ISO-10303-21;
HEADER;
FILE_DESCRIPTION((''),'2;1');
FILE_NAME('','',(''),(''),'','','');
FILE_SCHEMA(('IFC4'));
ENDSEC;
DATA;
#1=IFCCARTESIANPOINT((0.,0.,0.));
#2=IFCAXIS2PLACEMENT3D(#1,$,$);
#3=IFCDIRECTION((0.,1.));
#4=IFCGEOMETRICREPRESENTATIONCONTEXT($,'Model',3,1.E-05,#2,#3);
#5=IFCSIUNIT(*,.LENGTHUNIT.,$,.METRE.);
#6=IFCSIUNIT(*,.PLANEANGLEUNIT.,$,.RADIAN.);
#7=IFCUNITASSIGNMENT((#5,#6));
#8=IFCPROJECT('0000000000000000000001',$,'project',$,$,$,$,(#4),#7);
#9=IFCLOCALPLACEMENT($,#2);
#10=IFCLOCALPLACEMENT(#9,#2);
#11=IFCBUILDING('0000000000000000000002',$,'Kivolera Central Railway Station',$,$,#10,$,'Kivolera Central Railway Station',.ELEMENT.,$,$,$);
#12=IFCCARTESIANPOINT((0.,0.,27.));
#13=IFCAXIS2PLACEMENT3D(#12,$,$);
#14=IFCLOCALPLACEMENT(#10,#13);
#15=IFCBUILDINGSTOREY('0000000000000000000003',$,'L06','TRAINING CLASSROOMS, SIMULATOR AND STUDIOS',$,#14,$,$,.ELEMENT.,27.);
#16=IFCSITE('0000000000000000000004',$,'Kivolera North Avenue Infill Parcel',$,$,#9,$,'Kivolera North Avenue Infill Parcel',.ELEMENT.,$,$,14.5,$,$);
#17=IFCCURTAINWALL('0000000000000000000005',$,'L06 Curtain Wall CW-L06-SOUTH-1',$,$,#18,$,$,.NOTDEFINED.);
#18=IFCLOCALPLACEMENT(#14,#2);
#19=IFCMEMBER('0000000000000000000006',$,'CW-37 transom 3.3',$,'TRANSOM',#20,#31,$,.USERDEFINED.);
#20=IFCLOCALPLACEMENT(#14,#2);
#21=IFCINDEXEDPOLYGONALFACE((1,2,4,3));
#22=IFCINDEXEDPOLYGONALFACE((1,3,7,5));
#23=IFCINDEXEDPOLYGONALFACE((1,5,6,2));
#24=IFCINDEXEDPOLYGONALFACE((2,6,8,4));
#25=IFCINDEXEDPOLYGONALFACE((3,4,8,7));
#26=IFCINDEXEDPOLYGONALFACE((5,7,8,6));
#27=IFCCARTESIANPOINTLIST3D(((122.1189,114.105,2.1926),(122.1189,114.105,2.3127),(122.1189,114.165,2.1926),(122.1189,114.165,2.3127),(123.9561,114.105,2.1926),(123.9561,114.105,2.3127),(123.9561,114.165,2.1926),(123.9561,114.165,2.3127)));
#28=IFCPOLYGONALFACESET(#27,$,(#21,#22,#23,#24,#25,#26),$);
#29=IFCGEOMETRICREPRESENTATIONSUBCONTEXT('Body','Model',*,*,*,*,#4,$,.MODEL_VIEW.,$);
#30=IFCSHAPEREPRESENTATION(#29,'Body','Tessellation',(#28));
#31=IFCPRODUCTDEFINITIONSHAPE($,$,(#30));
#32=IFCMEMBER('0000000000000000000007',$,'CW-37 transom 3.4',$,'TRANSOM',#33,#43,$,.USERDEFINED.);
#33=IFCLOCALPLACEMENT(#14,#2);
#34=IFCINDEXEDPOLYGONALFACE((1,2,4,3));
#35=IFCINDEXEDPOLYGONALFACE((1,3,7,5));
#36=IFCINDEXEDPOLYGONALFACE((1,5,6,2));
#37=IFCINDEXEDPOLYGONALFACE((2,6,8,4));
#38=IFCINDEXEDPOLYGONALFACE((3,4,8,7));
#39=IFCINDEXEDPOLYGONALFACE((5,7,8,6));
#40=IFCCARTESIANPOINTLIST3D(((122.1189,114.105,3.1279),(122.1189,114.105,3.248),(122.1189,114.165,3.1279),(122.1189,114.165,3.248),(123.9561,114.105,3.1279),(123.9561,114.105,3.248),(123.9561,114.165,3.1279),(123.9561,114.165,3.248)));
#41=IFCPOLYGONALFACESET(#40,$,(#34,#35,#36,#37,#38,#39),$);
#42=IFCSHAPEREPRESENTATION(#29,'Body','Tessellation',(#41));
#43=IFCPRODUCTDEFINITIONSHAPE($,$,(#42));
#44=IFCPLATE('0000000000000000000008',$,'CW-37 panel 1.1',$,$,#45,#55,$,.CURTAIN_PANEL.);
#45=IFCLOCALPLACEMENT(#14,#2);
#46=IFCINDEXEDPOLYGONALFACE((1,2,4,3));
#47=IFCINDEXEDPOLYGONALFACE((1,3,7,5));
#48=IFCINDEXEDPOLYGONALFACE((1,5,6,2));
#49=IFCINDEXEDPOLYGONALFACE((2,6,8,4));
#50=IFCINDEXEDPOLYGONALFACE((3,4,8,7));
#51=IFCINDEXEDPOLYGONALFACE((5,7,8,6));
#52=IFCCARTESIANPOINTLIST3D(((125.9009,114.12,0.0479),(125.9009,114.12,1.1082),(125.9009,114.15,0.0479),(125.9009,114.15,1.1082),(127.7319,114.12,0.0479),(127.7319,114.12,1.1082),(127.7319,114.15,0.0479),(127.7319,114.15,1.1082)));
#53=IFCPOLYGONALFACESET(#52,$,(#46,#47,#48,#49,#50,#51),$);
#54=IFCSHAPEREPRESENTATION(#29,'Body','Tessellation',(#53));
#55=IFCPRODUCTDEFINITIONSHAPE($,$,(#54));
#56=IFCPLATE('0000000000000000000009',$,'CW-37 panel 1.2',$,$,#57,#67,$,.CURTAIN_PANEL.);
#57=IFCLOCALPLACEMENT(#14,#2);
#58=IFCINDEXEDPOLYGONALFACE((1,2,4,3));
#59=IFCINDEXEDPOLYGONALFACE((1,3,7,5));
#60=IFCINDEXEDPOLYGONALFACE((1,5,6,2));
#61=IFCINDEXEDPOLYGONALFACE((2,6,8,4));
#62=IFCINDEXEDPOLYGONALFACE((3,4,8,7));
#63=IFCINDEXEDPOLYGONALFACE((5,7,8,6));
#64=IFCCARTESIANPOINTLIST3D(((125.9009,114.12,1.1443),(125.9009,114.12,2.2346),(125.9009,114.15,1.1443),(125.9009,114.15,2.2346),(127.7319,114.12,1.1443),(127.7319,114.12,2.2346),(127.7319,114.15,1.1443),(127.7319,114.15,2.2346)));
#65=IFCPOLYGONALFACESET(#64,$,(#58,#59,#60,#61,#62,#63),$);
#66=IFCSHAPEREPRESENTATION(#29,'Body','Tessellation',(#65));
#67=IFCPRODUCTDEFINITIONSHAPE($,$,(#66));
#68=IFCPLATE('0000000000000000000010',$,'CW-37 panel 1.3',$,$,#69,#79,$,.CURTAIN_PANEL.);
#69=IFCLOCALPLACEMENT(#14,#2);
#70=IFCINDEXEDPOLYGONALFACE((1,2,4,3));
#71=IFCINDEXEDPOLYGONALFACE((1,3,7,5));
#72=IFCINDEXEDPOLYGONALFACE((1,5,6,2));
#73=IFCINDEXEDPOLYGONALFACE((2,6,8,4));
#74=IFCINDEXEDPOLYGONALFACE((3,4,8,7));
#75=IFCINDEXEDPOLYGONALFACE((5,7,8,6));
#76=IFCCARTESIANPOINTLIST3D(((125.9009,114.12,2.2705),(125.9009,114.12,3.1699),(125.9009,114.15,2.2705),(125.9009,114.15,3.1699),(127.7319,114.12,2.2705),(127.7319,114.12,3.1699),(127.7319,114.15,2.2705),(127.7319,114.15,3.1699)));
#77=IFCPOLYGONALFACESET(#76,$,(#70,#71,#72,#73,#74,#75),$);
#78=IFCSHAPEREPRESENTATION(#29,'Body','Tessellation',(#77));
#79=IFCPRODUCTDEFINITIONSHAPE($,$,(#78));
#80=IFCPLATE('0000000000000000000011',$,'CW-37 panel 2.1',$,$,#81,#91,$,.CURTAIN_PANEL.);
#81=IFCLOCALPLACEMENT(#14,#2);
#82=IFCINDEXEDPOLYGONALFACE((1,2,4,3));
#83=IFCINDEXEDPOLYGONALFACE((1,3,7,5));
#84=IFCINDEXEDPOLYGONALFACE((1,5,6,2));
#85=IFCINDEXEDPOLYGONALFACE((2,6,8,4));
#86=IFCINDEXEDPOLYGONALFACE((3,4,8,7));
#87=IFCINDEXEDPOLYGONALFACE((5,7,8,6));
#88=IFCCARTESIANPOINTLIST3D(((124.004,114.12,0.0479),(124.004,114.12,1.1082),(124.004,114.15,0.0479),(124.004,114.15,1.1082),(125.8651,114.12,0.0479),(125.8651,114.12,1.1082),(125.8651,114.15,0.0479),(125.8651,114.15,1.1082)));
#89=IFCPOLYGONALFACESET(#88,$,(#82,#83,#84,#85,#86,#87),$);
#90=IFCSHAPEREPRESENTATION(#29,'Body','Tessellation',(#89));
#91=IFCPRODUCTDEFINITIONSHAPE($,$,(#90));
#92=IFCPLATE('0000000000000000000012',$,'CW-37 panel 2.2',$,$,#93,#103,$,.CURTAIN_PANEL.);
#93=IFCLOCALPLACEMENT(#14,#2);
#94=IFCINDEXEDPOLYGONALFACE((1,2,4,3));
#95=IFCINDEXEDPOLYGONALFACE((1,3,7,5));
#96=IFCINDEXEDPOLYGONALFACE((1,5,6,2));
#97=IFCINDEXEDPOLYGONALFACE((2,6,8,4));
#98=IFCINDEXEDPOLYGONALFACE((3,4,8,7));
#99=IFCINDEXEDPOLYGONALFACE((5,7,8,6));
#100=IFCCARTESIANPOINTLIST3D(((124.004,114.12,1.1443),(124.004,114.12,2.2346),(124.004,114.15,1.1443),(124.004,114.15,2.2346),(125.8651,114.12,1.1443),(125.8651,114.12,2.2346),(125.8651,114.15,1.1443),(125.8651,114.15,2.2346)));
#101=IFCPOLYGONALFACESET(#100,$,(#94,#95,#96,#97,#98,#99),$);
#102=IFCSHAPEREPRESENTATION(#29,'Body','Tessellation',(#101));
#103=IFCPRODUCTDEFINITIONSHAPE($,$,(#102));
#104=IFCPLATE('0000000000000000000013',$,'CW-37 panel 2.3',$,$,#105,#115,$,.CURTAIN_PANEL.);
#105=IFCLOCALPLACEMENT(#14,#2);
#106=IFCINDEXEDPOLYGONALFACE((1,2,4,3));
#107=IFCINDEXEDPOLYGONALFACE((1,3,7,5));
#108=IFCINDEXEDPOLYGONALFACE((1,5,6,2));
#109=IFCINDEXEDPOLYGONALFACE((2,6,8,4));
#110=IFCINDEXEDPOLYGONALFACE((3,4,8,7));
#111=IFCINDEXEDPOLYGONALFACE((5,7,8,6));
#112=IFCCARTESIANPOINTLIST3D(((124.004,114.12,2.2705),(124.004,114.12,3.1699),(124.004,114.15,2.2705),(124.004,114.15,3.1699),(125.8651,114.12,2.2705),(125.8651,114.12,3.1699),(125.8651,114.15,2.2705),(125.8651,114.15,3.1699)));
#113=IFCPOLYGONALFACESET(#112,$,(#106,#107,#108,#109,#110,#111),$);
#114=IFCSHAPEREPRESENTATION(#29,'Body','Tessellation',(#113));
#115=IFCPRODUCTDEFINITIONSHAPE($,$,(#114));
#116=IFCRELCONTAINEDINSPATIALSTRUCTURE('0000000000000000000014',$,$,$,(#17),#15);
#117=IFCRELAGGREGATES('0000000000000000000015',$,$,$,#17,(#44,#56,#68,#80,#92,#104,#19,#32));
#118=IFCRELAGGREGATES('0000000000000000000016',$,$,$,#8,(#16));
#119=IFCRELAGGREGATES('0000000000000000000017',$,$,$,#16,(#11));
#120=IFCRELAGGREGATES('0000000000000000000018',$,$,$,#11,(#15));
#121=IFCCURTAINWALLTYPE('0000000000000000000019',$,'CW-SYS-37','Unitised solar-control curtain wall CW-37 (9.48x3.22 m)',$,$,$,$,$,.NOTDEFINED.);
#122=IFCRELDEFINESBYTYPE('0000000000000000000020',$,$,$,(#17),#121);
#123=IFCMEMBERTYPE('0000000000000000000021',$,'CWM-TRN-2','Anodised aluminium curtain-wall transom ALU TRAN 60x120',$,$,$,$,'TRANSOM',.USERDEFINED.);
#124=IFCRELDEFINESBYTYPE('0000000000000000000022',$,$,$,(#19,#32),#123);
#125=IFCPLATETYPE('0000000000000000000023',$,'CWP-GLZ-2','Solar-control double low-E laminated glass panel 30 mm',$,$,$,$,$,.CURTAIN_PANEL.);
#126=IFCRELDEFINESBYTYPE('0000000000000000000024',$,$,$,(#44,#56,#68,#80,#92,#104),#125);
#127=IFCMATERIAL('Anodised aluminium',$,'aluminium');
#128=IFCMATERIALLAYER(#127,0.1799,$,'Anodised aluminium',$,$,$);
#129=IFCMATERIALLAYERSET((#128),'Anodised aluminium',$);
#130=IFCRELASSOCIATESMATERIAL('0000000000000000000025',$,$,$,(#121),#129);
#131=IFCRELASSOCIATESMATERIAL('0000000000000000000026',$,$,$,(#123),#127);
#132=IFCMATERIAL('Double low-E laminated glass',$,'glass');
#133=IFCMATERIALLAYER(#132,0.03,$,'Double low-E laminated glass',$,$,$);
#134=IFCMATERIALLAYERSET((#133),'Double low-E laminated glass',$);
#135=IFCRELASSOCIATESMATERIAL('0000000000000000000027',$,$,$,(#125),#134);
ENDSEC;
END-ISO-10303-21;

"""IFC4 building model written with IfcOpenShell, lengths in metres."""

from ifc_helpers import new_model, si_unit, direction, frame, origin, origin_2d, place, context, subcontext, project, spatial, rectangle, extrude, material, layer, layer_set, material_profile, profile_set, type_object, element, aggregate, save


model = new_model("IFC4")

# Units and contexts
model_context = context("Model", 3, precision=1e-05, world=origin(), true_north=direction((0.0, 1.0)))
body_context = subcontext(model_context, "Body", "Model", "MODEL_VIEW")
ifc_project = project(units=[si_unit("LENGTHUNIT", "METRE"), si_unit("PLANEANGLEUNIT", "RADIAN")], contexts=[model_context])

# Site, building, storey
site_placement = place(None, origin())
site = spatial("IfcSite", under=ifc_project, at=site_placement, Name="Kivolera North Avenue Infill Parcel", LongName="Kivolera North Avenue Infill Parcel", CompositionType="ELEMENT", RefElevation=14.5)
building_placement = place(site_placement, origin())
building = spatial("IfcBuilding", under=site, at=building_placement, Name="Kivolera Central Railway Station", LongName="Kivolera Central Railway Station", CompositionType="ELEMENT")
storey_placement = place(building_placement, frame((0.0, 0.0, 27.0)))
storey = spatial("IfcBuildingStorey", under=building, at=storey_placement, Name="L06", Description="TRAINING CLASSROOMS, SIMULATOR AND STUDIOS", CompositionType="ELEMENT", Elevation=27.0)

# Curtain wall, members, plates
ifc_material_1 = material(Name="Anodised aluminium", Category="aluminium")
ifc_layer_1 = layer(ifc_material_1, 0.1799, Name="Anodised aluminium")
ifc_layer_set_1 = layer_set([ifc_layer_1], Name="Anodised aluminium")
curtain_wall_type = type_object("IfcCurtainWallType", Name="CW-SYS-37", Description="Unitised solar-control curtain wall CW-37 (9.48x3.22 m)", PredefinedType="NOTDEFINED", material=ifc_layer_set_1)
curtain_wall_placement = place(storey_placement, origin())
curtain_wall = element("IfcCurtainWall", 1, at=curtain_wall_placement, inside=storey, type_object=curtain_wall_type, Name="L06 Curtain Wall CW-L06-SOUTH-1", PredefinedType="NOTDEFINED")
ifc_material_profile_1 = material_profile(ifc_material_1, rectangle(XDim=0.0601, YDim=0.1201, at=origin_2d()), Name="ALU TRAN 60x120")
ifc_profile_set_1 = profile_set([ifc_material_profile_1], Name="Anodised aluminium")
member_type_1 = type_object("IfcMemberType", Name="CWM-TRN-2", Description="Anodised aluminium curtain-wall transom ALU TRAN 60x120", ElementType="TRANSOM", PredefinedType="USERDEFINED", material=ifc_profile_set_1)
member_1_placement = place(storey_placement, frame((123.9561, 114.135, 2.2527), z_axis=(-1.0, 0.0, 0.0), x_axis=(0.0, -1.0, 0.0)))
member_1 = element("IfcMember", 2, at=member_1_placement, type_object=member_type_1, Name="CW-37 transom 3.3", ObjectType="TRANSOM", PredefinedType="USERDEFINED", context=body_context, shape_type="SweptSolid", body=[
    extrude(rectangle(XDim=0.0601, YDim=0.1201, at=origin_2d()), origin(), (0.0, 0.0, 1.0), 1.8372),
])
member_2_placement = place(storey_placement, frame((123.9561, 114.135, 3.188), z_axis=(-1.0, 0.0, 0.0), x_axis=(0.0, -1.0, 0.0)))
member_2 = element("IfcMember", 3, at=member_2_placement, type_object=member_type_1, Name="CW-37 transom 3.4", ObjectType="TRANSOM", PredefinedType="USERDEFINED", context=body_context, shape_type="SweptSolid", body=[
    extrude(rectangle(XDim=0.0601, YDim=0.1201, at=origin_2d()), origin(), (0.0, 0.0, 1.0), 1.8372),
])
ifc_material_2 = material(Name="Double low-E laminated glass", Category="glass")
ifc_layer_2 = layer(ifc_material_2, 0.03, Name="Double low-E laminated glass")
ifc_layer_set_2 = layer_set([ifc_layer_2], Name="Double low-E laminated glass")
plate_type = type_object("IfcPlateType", Name="CWP-GLZ-2", Description="Solar-control double low-E laminated glass panel 30 mm", PredefinedType="CURTAIN_PANEL", material=ifc_layer_set_2)
plate_1_placement = place(storey_placement, frame((126.8164, 114.135, 0.0479), z_axis=(0.0, 0.0, 1.0), x_axis=(-1.0, 0.0, 0.0)))
plate_1 = element("IfcPlate", 4, at=plate_1_placement, type_object=plate_type, Name="CW-37 panel 1.1", PredefinedType="CURTAIN_PANEL", context=body_context, shape_type="SweptSolid", body=[
    extrude(rectangle(XDim=1.8311, YDim=0.03, at=origin_2d()), origin(), (0.0, 0.0, 1.0), 1.0603),
])
plate_2_placement = place(storey_placement, frame((126.8164, 114.135, 1.1443), z_axis=(0.0, 0.0, 1.0), x_axis=(-1.0, 0.0, 0.0)))
plate_2 = element("IfcPlate", 5, at=plate_2_placement, type_object=plate_type, Name="CW-37 panel 1.2", PredefinedType="CURTAIN_PANEL", context=body_context, shape_type="SweptSolid", body=[
    extrude(rectangle(XDim=1.8311, YDim=0.03, at=origin_2d()), origin(), (0.0, 0.0, 1.0), 1.0903),
])
plate_3_placement = place(storey_placement, frame((126.8164, 114.135, 2.2705), z_axis=(0.0, 0.0, 1.0), x_axis=(-1.0, 0.0, 0.0)))
plate_3 = element("IfcPlate", 6, at=plate_3_placement, type_object=plate_type, Name="CW-37 panel 1.3", PredefinedType="CURTAIN_PANEL", context=body_context, shape_type="SweptSolid", body=[
    extrude(rectangle(XDim=1.8311, YDim=0.03, at=origin_2d()), origin(), (0.0, 0.0, 1.0), 0.8994),
])
plate_4_placement = place(storey_placement, frame((124.9346, 114.135, 0.0479), z_axis=(0.0, 0.0, 1.0), x_axis=(-1.0, 0.0, 0.0)))
plate_4 = element("IfcPlate", 7, at=plate_4_placement, type_object=plate_type, Name="CW-37 panel 2.1", PredefinedType="CURTAIN_PANEL", context=body_context, shape_type="SweptSolid", body=[
    extrude(rectangle(XDim=1.8611, YDim=0.03, at=origin_2d()), origin(), (0.0, 0.0, 1.0), 1.0603),
])
plate_5_placement = place(storey_placement, frame((124.9346, 114.135, 1.1443), z_axis=(0.0, 0.0, 1.0), x_axis=(-1.0, 0.0, 0.0)))
plate_5 = element("IfcPlate", 8, at=plate_5_placement, type_object=plate_type, Name="CW-37 panel 2.2", PredefinedType="CURTAIN_PANEL", context=body_context, shape_type="SweptSolid", body=[
    extrude(rectangle(XDim=1.8611, YDim=0.03, at=origin_2d()), origin(), (0.0, 0.0, 1.0), 1.0903),
])
plate_6_placement = place(storey_placement, frame((124.9346, 114.135, 2.2705), z_axis=(0.0, 0.0, 1.0), x_axis=(-1.0, 0.0, 0.0)))
plate_6 = element("IfcPlate", 9, at=plate_6_placement, type_object=plate_type, Name="CW-37 panel 2.3", PredefinedType="CURTAIN_PANEL", context=body_context, shape_type="SweptSolid", body=[
    extrude(rectangle(XDim=1.8611, YDim=0.03, at=origin_2d()), origin(), (0.0, 0.0, 1.0), 0.8994),
])
aggregate(curtain_wall, [plate_1, plate_2, plate_3, plate_4, plate_5, plate_6, member_1, member_2])

save(model, "model.ifc")
